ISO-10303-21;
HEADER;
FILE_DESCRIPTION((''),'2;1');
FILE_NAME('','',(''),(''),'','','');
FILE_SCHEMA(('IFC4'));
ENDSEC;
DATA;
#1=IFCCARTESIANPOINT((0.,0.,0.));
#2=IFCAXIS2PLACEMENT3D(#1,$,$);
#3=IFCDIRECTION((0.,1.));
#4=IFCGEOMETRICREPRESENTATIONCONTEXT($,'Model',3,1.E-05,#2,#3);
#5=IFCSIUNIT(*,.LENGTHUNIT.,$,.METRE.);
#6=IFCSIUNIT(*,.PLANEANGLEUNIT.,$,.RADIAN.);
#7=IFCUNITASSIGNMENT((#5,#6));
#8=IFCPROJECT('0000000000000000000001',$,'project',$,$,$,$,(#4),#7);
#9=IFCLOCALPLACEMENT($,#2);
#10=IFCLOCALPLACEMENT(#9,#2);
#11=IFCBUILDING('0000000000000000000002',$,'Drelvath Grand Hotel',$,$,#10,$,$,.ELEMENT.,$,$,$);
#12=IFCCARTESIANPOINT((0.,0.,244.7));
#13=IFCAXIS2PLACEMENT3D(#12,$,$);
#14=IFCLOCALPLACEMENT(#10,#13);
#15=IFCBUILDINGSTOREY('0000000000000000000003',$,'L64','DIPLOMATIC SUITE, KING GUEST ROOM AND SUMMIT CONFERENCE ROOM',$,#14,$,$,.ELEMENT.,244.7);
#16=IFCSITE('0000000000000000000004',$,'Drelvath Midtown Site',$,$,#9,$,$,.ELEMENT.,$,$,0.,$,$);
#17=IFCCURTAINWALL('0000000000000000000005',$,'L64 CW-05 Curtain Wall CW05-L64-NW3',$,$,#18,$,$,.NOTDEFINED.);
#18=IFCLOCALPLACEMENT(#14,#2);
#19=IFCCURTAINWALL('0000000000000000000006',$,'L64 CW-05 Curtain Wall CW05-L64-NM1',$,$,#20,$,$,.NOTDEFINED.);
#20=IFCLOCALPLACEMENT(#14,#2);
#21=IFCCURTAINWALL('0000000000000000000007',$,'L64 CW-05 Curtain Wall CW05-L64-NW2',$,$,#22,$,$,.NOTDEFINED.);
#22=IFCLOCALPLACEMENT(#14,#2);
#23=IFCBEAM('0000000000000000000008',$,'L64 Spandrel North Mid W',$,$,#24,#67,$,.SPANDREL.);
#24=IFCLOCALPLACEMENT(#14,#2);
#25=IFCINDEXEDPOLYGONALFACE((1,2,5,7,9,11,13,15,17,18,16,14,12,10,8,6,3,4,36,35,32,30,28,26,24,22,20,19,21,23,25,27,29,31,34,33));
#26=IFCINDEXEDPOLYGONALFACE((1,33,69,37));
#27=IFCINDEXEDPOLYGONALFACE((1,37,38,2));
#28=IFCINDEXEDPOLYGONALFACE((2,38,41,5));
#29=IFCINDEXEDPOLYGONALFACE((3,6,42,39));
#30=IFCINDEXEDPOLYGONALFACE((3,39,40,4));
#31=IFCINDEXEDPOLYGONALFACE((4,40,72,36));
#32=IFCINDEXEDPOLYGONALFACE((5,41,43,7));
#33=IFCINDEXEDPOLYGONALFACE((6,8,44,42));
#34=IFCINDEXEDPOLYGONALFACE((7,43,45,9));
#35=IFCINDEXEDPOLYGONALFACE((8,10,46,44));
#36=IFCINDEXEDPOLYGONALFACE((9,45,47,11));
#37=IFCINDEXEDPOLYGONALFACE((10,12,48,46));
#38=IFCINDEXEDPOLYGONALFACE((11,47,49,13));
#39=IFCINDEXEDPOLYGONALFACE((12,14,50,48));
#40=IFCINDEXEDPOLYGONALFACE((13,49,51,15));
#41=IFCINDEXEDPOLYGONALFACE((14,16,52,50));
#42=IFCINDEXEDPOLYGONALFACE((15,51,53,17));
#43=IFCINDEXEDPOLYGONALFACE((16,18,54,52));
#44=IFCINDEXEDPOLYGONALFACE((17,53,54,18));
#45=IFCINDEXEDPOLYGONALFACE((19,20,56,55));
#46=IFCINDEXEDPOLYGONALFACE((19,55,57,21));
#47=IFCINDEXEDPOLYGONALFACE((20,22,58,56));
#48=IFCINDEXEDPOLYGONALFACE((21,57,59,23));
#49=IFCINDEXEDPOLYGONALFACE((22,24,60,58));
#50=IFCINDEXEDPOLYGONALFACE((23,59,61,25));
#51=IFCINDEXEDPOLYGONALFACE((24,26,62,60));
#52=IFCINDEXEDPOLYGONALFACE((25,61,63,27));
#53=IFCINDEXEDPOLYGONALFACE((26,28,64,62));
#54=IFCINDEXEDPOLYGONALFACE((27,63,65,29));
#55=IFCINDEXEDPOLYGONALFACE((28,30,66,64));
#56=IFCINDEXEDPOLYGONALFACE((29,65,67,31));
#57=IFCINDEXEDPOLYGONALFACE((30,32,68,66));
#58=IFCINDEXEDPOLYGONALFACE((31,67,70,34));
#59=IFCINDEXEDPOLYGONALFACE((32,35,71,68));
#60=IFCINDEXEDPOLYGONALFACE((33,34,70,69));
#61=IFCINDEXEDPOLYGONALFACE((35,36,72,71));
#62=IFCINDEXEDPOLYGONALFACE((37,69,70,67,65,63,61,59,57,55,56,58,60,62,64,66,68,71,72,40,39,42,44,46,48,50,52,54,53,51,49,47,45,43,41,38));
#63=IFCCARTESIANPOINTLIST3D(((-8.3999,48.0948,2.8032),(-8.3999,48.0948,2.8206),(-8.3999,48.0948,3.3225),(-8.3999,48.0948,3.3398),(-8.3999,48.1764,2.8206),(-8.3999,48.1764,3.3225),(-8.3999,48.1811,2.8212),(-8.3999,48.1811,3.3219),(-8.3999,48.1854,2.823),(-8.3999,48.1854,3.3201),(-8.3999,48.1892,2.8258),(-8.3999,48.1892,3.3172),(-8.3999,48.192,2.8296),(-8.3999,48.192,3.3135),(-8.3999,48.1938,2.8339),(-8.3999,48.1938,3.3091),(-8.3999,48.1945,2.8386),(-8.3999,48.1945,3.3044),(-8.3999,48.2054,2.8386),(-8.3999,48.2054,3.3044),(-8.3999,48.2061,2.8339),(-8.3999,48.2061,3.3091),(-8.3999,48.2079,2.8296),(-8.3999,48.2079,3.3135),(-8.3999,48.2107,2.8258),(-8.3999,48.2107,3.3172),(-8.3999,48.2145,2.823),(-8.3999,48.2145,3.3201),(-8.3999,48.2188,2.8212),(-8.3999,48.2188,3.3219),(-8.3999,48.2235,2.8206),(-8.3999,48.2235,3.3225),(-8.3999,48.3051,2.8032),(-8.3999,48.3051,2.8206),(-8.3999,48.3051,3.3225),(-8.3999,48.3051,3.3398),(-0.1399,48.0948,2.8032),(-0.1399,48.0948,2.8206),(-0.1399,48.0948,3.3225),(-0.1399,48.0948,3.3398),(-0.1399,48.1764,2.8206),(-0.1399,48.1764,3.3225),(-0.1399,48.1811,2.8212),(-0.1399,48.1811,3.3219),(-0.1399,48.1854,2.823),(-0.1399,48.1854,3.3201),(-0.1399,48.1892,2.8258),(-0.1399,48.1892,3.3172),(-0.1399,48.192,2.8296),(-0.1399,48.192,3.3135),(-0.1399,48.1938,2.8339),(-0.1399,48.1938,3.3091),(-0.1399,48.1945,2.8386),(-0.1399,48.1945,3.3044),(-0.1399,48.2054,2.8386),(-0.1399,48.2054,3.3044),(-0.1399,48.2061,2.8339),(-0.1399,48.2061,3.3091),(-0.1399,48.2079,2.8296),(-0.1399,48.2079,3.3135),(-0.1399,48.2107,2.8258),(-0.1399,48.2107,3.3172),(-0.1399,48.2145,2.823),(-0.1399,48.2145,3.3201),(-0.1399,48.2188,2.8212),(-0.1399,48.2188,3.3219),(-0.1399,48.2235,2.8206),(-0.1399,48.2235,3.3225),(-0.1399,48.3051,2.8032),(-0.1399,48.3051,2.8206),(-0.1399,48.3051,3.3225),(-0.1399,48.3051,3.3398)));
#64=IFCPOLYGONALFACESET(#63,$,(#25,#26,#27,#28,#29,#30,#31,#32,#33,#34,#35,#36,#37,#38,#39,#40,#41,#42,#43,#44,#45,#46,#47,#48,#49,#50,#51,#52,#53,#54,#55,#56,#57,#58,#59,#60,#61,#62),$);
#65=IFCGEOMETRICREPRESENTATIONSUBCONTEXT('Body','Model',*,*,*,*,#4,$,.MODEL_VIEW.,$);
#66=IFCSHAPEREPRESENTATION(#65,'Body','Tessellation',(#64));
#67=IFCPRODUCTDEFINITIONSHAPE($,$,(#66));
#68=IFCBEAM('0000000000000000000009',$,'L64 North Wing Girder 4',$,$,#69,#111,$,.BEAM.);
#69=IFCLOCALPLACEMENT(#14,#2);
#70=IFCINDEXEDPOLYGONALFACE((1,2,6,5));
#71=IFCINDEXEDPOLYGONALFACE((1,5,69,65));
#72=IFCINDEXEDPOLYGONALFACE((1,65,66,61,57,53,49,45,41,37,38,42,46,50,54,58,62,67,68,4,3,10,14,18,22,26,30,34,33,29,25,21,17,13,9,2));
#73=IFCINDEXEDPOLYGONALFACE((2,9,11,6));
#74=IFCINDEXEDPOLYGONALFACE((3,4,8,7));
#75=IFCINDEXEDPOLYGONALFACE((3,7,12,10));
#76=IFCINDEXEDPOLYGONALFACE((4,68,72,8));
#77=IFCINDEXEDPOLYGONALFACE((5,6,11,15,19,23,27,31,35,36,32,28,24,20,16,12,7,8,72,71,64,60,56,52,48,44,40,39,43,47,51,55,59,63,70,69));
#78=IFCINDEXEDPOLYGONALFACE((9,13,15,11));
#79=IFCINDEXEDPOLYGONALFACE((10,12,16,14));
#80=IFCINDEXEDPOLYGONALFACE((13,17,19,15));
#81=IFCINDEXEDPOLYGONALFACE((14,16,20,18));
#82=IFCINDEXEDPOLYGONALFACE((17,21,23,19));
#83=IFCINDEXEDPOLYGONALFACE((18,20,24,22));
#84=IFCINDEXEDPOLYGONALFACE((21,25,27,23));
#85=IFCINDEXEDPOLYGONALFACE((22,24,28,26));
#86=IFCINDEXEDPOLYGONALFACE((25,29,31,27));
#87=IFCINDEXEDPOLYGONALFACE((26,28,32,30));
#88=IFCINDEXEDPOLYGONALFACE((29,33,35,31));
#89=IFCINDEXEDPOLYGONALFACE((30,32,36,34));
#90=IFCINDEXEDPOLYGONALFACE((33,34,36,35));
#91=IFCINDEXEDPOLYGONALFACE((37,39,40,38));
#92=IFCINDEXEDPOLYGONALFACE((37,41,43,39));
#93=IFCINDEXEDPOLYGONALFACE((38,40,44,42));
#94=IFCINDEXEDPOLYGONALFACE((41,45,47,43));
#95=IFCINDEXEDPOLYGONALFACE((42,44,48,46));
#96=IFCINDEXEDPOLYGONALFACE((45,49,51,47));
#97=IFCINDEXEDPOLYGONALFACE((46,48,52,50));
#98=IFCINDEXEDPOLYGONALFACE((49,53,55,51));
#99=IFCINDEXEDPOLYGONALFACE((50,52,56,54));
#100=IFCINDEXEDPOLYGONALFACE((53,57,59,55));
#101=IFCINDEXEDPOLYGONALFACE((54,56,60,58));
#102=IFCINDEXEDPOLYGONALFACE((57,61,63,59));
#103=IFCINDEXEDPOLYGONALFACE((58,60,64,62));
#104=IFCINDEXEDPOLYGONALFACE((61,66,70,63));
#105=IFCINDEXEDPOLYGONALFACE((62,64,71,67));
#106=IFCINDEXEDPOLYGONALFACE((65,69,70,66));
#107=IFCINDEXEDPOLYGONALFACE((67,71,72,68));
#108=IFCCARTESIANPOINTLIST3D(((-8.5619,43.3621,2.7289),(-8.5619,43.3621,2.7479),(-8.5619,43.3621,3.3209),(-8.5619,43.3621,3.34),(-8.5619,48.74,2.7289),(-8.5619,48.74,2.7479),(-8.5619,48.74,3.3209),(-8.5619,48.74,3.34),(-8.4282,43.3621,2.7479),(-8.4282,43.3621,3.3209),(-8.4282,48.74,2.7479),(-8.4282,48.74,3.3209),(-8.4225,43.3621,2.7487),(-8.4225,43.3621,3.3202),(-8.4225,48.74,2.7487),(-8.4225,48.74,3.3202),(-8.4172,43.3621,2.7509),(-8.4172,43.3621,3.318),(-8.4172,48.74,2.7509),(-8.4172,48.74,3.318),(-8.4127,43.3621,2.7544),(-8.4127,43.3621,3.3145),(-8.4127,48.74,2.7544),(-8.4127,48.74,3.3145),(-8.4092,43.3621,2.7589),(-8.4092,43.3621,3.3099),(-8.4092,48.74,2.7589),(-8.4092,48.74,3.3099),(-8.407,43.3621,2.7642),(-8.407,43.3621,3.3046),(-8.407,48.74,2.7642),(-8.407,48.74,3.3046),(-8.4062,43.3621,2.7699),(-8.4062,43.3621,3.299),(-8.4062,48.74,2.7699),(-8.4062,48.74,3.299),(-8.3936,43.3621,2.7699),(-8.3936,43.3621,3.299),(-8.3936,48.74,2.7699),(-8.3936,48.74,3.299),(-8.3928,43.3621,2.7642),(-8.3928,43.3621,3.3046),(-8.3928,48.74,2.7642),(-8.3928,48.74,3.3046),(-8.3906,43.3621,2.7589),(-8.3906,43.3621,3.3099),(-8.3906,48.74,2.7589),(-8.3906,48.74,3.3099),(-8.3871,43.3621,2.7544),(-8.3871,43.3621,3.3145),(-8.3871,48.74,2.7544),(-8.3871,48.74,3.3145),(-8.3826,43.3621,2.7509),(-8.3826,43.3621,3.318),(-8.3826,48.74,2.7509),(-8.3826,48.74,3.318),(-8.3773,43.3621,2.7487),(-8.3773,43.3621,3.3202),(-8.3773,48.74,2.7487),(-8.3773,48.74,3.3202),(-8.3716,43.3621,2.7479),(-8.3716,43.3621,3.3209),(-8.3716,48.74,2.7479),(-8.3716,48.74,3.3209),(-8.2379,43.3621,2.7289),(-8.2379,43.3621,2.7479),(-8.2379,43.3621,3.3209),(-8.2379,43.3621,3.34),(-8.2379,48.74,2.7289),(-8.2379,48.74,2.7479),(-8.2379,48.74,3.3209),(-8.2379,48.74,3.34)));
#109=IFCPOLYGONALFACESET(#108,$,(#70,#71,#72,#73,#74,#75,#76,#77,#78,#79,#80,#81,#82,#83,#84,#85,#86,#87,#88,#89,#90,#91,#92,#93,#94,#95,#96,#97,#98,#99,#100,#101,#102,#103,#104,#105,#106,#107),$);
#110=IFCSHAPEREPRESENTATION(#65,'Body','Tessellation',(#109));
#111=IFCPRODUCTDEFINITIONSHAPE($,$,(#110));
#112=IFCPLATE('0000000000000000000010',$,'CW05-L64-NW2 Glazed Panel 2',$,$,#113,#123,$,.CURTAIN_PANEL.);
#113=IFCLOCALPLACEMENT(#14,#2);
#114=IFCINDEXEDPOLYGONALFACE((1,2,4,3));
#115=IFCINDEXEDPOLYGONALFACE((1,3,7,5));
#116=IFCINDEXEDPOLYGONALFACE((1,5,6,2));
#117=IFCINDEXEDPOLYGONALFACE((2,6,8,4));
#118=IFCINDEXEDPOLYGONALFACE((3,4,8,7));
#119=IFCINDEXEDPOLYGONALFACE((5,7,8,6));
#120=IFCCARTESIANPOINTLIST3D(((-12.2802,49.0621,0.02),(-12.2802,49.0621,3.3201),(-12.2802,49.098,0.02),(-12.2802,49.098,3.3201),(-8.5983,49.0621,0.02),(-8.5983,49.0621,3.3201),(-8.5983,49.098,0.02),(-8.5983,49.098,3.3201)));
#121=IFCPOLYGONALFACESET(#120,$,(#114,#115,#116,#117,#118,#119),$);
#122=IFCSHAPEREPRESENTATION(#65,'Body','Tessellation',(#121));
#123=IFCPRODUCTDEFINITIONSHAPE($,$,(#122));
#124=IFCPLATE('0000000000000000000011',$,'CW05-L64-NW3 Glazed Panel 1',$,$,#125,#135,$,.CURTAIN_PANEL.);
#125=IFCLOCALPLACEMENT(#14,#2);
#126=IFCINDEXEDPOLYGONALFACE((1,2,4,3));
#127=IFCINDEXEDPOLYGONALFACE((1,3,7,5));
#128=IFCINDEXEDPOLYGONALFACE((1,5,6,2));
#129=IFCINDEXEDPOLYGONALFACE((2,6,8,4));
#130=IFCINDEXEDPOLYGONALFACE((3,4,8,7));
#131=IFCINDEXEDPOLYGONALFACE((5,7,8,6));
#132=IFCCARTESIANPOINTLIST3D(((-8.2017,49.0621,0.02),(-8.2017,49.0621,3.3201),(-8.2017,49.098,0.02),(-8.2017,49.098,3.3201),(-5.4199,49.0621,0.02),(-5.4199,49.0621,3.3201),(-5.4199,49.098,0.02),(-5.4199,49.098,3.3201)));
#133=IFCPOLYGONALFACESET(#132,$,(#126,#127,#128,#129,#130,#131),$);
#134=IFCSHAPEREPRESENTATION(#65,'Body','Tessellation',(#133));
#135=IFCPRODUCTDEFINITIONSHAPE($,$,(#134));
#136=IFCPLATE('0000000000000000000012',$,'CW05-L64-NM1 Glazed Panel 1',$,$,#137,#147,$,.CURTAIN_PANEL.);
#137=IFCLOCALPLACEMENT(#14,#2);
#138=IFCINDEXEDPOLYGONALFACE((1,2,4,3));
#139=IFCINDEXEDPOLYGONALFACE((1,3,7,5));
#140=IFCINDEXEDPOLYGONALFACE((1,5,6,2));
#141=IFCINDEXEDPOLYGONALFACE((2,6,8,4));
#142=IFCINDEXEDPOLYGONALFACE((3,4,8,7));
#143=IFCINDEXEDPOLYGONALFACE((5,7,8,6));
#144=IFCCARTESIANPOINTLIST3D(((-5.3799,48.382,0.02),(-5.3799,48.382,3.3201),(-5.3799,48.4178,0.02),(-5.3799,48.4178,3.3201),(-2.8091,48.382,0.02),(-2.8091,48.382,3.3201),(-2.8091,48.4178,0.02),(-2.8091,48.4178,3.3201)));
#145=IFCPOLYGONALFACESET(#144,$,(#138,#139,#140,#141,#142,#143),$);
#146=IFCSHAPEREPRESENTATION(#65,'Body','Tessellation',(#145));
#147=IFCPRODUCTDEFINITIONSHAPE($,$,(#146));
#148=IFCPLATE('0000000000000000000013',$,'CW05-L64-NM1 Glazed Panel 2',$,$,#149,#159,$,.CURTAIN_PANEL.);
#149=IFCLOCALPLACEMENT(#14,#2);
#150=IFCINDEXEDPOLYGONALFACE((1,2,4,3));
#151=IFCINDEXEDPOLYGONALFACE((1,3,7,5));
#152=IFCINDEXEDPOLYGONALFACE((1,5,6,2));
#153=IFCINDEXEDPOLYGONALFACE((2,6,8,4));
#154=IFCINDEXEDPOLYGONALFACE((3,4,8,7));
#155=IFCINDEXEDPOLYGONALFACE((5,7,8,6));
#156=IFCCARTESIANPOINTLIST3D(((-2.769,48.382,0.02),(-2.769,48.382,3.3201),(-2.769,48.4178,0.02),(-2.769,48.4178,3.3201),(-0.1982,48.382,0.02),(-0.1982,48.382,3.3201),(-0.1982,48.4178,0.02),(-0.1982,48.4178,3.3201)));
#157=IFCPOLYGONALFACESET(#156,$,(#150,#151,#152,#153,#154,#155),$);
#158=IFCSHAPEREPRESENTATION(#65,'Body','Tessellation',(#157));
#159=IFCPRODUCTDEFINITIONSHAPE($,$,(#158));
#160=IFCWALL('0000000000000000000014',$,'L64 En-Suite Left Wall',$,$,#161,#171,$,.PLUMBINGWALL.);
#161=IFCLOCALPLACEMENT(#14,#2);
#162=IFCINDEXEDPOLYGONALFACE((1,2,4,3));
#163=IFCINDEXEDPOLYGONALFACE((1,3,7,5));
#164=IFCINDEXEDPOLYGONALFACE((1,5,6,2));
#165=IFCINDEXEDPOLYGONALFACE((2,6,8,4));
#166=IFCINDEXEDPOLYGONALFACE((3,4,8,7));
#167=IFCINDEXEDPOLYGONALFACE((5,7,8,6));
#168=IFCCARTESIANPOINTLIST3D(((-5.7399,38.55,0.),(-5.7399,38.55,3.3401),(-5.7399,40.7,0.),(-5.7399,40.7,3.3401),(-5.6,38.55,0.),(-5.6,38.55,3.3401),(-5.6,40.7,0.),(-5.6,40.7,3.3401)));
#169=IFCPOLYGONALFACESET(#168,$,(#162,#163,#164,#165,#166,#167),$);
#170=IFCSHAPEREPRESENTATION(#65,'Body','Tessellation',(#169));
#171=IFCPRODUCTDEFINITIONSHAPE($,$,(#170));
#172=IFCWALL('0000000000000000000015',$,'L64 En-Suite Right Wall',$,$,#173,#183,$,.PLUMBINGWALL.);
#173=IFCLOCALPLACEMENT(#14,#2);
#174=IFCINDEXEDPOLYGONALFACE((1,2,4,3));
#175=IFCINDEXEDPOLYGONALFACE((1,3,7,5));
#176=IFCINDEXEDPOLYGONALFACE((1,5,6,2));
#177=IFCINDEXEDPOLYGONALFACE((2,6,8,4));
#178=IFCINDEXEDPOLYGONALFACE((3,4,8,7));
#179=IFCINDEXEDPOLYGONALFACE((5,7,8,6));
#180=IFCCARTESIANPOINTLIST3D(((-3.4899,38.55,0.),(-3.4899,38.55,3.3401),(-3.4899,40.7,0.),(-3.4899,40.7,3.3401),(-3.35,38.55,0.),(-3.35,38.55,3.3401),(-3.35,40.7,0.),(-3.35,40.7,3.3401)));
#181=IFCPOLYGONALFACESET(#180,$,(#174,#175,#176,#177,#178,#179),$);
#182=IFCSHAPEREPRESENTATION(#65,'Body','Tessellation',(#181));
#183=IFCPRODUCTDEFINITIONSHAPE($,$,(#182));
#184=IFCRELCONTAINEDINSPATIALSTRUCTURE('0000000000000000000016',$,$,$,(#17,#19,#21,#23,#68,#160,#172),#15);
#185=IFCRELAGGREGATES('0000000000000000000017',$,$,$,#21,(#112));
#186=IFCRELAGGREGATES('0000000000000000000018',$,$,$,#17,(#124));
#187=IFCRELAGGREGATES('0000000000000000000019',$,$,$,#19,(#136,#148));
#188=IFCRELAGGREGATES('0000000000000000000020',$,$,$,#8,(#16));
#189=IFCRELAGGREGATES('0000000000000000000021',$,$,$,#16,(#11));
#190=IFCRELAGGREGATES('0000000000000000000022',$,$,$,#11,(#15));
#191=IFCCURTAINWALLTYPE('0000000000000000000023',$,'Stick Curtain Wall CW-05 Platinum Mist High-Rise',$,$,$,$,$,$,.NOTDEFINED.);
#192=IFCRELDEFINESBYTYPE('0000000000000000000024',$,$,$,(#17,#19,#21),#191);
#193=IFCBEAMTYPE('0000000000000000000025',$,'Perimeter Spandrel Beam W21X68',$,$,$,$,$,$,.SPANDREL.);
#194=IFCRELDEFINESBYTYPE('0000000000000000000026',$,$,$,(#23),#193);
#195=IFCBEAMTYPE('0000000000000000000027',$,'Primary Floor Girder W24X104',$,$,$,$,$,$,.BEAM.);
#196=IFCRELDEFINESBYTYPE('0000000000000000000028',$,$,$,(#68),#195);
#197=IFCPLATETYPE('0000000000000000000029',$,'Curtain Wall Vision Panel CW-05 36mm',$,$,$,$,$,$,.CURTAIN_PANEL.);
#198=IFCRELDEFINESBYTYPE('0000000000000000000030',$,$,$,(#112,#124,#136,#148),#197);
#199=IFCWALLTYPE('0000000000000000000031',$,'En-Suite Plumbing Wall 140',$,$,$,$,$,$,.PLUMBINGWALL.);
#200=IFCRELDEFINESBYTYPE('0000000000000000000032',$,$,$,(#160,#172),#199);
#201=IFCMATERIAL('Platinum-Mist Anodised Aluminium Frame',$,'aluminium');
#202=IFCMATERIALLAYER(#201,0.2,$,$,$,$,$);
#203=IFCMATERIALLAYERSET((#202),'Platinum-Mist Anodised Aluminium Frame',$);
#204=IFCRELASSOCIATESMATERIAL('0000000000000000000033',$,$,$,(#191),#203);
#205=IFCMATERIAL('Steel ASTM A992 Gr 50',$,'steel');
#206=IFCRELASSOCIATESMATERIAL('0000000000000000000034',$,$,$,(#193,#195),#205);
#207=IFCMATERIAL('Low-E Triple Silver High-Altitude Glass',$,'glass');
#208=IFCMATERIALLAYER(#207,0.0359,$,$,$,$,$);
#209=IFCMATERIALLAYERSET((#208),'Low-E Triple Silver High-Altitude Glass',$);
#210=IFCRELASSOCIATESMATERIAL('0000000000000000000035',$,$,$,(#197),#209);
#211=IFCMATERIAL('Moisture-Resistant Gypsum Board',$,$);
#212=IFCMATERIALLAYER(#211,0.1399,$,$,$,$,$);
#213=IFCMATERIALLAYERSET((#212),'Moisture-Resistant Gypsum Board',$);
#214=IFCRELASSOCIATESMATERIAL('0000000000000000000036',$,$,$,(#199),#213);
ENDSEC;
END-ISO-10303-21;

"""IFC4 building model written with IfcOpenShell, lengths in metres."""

from ifc_helpers import new_model, si_unit, direction, frame, frame_2d, origin, origin_2d, place, context, subcontext, project, spatial, rectangle, i_section, extrude, material, layer, layer_set, material_profile, profile_set, type_object, element, aggregate, save


model = new_model("IFC4")

# Units and contexts
model_context = context("Model", 3, precision=1e-05, world=origin(), true_north=direction((0.0, 1.0)))
body_context = subcontext(model_context, "Body", "Model", "MODEL_VIEW")
ifc_project = project(units=[si_unit("LENGTHUNIT", "METRE"), si_unit("PLANEANGLEUNIT", "RADIAN")], contexts=[model_context])

# Site, building, storey
site_placement = place(None, origin())
site = spatial("IfcSite", under=ifc_project, at=site_placement, Name="Drelvath Midtown Site", CompositionType="ELEMENT", RefElevation=0.0)
building_placement = place(site_placement, origin())
building = spatial("IfcBuilding", under=site, at=building_placement, Name="Drelvath Grand Hotel", CompositionType="ELEMENT")
storey_placement = place(building_placement, frame((0.0, 0.0, 244.7)))
storey = spatial("IfcBuildingStorey", under=building, at=storey_placement, Name="L64", Description="DIPLOMATIC SUITE, KING GUEST ROOM AND SUMMIT CONFERENCE ROOM", CompositionType="ELEMENT", Elevation=244.7)

# Curtain walls
ifc_material_1 = material(Name="Platinum-Mist Anodised Aluminium Frame", Category="aluminium")
ifc_layer_1 = layer(ifc_material_1, 0.2)
ifc_layer_set_1 = layer_set([ifc_layer_1], Name="Platinum-Mist Anodised Aluminium Frame")
curtain_wall_type = type_object("IfcCurtainWallType", Name="Stick Curtain Wall CW-05 Platinum Mist High-Rise", PredefinedType="NOTDEFINED", material=ifc_layer_set_1)
curtain_wall_1_placement = place(storey_placement, origin())
curtain_wall_1 = element("IfcCurtainWall", 1, at=curtain_wall_1_placement, inside=storey, type_object=curtain_wall_type, Name="L64 CW-05 Curtain Wall CW05-L64-NW3", PredefinedType="NOTDEFINED")
curtain_wall_2_placement = place(storey_placement, origin())
curtain_wall_2 = element("IfcCurtainWall", 2, at=curtain_wall_2_placement, inside=storey, type_object=curtain_wall_type, Name="L64 CW-05 Curtain Wall CW05-L64-NM1", PredefinedType="NOTDEFINED")
curtain_wall_3_placement = place(storey_placement, origin())
curtain_wall_3 = element("IfcCurtainWall", 3, at=curtain_wall_3_placement, inside=storey, type_object=curtain_wall_type, Name="L64 CW-05 Curtain Wall CW05-L64-NW2", PredefinedType="NOTDEFINED")

# Beams
ifc_material_2 = material(Name="Steel ASTM A992 Gr 50", Category="steel")
ifc_material_profile_1 = material_profile(ifc_material_2, i_section(OverallWidth=0.2102, OverallDepth=0.5366, WebThickness=0.011, FlangeThickness=0.0173, FilletRadius=0.0181, at=origin_2d()), Name="W21X68")
ifc_profile_set_1 = profile_set([ifc_material_profile_1], Name="Steel ASTM A992 Gr 50")
beam_type_1 = type_object("IfcBeamType", Name="Perimeter Spandrel Beam W21X68", PredefinedType="SPANDREL", material=ifc_profile_set_1)
beam_1_placement = place(storey_placement, frame((-8.3999, 48.2, 3.0715), z_axis=(1.0, 0.0, 0.0), x_axis=(0.0, 1.0, 0.0)))
element("IfcBeam", 4, at=beam_1_placement, inside=storey, type_object=beam_type_1, Name="L64 Spandrel North Mid W", PredefinedType="SPANDREL", context=body_context, shape_type="SweptSolid", body=[
    extrude(i_section(OverallWidth=0.2102, OverallDepth=0.5366, WebThickness=0.011, FlangeThickness=0.0173, FilletRadius=0.0181, at=origin_2d()), origin(), (0.0, 0.0, 1.0), 8.26),
])
ifc_material_profile_2 = material_profile(ifc_material_2, i_section(OverallWidth=0.324, OverallDepth=0.6111, WebThickness=0.0127, FlangeThickness=0.019, FilletRadius=0.022, at=origin_2d()), Name="W24X104")
ifc_profile_set_2 = profile_set([ifc_material_profile_2], Name="Steel ASTM A992 Gr 50")
beam_type_2 = type_object("IfcBeamType", Name="Primary Floor Girder W24X104", PredefinedType="BEAM", material=ifc_profile_set_2)
beam_2_placement = place(storey_placement, frame((-8.3999, 43.3621, 3.0344), z_axis=(0.0, 1.0, 0.0), x_axis=(-1.0, 0.0, 0.0)))
element("IfcBeam", 5, at=beam_2_placement, inside=storey, type_object=beam_type_2, Name="L64 North Wing Girder 4", PredefinedType="BEAM", context=body_context, shape_type="SweptSolid", body=[
    extrude(i_section(OverallWidth=0.324, OverallDepth=0.6111, WebThickness=0.0127, FlangeThickness=0.019, FilletRadius=0.022, at=origin_2d()), origin(), (0.0, 0.0, 1.0), 5.3779),
])

# Plates
ifc_material_3 = material(Name="Low-E Triple Silver High-Altitude Glass", Category="glass")
ifc_layer_2 = layer(ifc_material_3, 0.0359)
ifc_layer_set_2 = layer_set([ifc_layer_2], Name="Low-E Triple Silver High-Altitude Glass")
plate_type = type_object("IfcPlateType", Name="Curtain Wall Vision Panel CW-05 36mm", PredefinedType="CURTAIN_PANEL", material=ifc_layer_set_2)
plate_1_placement = place(storey_placement, frame((-10.4392, 49.0801, 0.02), z_axis=(0.0, 0.0, 1.0), x_axis=(1.0, 0.0, 0.0)))
plate_1 = element("IfcPlate", 6, at=plate_1_placement, type_object=plate_type, Name="CW05-L64-NW2 Glazed Panel 2", PredefinedType="CURTAIN_PANEL", context=body_context, shape_type="SweptSolid", body=[
    extrude(rectangle(XDim=3.6819, YDim=0.0359, at=origin_2d()), origin(), (0.0, 0.0, 1.0), 3.3),
])
aggregate(curtain_wall_3, [plate_1])
plate_2_placement = place(storey_placement, frame((-6.8108, 49.0801, 0.02), z_axis=(0.0, 0.0, 1.0), x_axis=(1.0, 0.0, 0.0)))
plate_2 = element("IfcPlate", 7, at=plate_2_placement, type_object=plate_type, Name="CW05-L64-NW3 Glazed Panel 1", PredefinedType="CURTAIN_PANEL", context=body_context, shape_type="SweptSolid", body=[
    extrude(rectangle(XDim=2.7817, YDim=0.0359, at=origin_2d()), origin(), (0.0, 0.0, 1.0), 3.3),
])
aggregate(curtain_wall_1, [plate_2])
plate_3_placement = place(storey_placement, frame((-4.0945, 48.3999, 0.02), z_axis=(0.0, 0.0, 1.0), x_axis=(1.0, 0.0, 0.0)))
plate_3 = element("IfcPlate", 8, at=plate_3_placement, type_object=plate_type, Name="CW05-L64-NM1 Glazed Panel 1", PredefinedType="CURTAIN_PANEL", context=body_context, shape_type="SweptSolid", body=[
    extrude(rectangle(XDim=2.5708, YDim=0.0359, at=origin_2d()), origin(), (0.0, 0.0, 1.0), 3.3),
])
plate_4_placement = place(storey_placement, frame((-1.4836, 48.3999, 0.02), z_axis=(0.0, 0.0, 1.0), x_axis=(1.0, 0.0, 0.0)))
plate_4 = element("IfcPlate", 9, at=plate_4_placement, type_object=plate_type, Name="CW05-L64-NM1 Glazed Panel 2", PredefinedType="CURTAIN_PANEL", context=body_context, shape_type="SweptSolid", body=[
    extrude(rectangle(XDim=2.5708, YDim=0.0359, at=origin_2d()), origin(), (0.0, 0.0, 1.0), 3.3),
])
aggregate(curtain_wall_2, [plate_3, plate_4])

# Walls
ifc_material_4 = material(Name="Moisture-Resistant Gypsum Board")
ifc_layer_3 = layer(ifc_material_4, 0.1399)
ifc_layer_set_3 = layer_set([ifc_layer_3], Name="Moisture-Resistant Gypsum Board")
wall_type_1 = type_object("IfcWallType", Name="En-Suite Plumbing Wall 140", PredefinedType="PLUMBINGWALL", material=ifc_layer_set_3)
for number, where, z_axis, x_axis, name in (
    (10, (-5.6699, 38.55, 0.0), (0.0, 0.0, 1.0), (0.0, 1.0, 0.0), "L64 En-Suite Left Wall"),
    (11, (-3.4199, 38.55, 0.0), (0.0, 0.0, 1.0), (0.0, 1.0, 0.0), "L64 En-Suite Right Wall"),
):
    element("IfcWall", number, at=place(storey_placement, frame(where, z_axis=z_axis, x_axis=x_axis)), inside=storey, type_object=wall_type_1, Name=name, PredefinedType="PLUMBINGWALL", context=body_context, shape_type="SweptSolid", body=[
        extrude(rectangle(XDim=2.1499, YDim=0.1399, at=frame_2d((1.075, 0.0))), origin(), (0.0, 0.0, 1.0), 3.3401),
    ])

save(model, "model.ifc")
